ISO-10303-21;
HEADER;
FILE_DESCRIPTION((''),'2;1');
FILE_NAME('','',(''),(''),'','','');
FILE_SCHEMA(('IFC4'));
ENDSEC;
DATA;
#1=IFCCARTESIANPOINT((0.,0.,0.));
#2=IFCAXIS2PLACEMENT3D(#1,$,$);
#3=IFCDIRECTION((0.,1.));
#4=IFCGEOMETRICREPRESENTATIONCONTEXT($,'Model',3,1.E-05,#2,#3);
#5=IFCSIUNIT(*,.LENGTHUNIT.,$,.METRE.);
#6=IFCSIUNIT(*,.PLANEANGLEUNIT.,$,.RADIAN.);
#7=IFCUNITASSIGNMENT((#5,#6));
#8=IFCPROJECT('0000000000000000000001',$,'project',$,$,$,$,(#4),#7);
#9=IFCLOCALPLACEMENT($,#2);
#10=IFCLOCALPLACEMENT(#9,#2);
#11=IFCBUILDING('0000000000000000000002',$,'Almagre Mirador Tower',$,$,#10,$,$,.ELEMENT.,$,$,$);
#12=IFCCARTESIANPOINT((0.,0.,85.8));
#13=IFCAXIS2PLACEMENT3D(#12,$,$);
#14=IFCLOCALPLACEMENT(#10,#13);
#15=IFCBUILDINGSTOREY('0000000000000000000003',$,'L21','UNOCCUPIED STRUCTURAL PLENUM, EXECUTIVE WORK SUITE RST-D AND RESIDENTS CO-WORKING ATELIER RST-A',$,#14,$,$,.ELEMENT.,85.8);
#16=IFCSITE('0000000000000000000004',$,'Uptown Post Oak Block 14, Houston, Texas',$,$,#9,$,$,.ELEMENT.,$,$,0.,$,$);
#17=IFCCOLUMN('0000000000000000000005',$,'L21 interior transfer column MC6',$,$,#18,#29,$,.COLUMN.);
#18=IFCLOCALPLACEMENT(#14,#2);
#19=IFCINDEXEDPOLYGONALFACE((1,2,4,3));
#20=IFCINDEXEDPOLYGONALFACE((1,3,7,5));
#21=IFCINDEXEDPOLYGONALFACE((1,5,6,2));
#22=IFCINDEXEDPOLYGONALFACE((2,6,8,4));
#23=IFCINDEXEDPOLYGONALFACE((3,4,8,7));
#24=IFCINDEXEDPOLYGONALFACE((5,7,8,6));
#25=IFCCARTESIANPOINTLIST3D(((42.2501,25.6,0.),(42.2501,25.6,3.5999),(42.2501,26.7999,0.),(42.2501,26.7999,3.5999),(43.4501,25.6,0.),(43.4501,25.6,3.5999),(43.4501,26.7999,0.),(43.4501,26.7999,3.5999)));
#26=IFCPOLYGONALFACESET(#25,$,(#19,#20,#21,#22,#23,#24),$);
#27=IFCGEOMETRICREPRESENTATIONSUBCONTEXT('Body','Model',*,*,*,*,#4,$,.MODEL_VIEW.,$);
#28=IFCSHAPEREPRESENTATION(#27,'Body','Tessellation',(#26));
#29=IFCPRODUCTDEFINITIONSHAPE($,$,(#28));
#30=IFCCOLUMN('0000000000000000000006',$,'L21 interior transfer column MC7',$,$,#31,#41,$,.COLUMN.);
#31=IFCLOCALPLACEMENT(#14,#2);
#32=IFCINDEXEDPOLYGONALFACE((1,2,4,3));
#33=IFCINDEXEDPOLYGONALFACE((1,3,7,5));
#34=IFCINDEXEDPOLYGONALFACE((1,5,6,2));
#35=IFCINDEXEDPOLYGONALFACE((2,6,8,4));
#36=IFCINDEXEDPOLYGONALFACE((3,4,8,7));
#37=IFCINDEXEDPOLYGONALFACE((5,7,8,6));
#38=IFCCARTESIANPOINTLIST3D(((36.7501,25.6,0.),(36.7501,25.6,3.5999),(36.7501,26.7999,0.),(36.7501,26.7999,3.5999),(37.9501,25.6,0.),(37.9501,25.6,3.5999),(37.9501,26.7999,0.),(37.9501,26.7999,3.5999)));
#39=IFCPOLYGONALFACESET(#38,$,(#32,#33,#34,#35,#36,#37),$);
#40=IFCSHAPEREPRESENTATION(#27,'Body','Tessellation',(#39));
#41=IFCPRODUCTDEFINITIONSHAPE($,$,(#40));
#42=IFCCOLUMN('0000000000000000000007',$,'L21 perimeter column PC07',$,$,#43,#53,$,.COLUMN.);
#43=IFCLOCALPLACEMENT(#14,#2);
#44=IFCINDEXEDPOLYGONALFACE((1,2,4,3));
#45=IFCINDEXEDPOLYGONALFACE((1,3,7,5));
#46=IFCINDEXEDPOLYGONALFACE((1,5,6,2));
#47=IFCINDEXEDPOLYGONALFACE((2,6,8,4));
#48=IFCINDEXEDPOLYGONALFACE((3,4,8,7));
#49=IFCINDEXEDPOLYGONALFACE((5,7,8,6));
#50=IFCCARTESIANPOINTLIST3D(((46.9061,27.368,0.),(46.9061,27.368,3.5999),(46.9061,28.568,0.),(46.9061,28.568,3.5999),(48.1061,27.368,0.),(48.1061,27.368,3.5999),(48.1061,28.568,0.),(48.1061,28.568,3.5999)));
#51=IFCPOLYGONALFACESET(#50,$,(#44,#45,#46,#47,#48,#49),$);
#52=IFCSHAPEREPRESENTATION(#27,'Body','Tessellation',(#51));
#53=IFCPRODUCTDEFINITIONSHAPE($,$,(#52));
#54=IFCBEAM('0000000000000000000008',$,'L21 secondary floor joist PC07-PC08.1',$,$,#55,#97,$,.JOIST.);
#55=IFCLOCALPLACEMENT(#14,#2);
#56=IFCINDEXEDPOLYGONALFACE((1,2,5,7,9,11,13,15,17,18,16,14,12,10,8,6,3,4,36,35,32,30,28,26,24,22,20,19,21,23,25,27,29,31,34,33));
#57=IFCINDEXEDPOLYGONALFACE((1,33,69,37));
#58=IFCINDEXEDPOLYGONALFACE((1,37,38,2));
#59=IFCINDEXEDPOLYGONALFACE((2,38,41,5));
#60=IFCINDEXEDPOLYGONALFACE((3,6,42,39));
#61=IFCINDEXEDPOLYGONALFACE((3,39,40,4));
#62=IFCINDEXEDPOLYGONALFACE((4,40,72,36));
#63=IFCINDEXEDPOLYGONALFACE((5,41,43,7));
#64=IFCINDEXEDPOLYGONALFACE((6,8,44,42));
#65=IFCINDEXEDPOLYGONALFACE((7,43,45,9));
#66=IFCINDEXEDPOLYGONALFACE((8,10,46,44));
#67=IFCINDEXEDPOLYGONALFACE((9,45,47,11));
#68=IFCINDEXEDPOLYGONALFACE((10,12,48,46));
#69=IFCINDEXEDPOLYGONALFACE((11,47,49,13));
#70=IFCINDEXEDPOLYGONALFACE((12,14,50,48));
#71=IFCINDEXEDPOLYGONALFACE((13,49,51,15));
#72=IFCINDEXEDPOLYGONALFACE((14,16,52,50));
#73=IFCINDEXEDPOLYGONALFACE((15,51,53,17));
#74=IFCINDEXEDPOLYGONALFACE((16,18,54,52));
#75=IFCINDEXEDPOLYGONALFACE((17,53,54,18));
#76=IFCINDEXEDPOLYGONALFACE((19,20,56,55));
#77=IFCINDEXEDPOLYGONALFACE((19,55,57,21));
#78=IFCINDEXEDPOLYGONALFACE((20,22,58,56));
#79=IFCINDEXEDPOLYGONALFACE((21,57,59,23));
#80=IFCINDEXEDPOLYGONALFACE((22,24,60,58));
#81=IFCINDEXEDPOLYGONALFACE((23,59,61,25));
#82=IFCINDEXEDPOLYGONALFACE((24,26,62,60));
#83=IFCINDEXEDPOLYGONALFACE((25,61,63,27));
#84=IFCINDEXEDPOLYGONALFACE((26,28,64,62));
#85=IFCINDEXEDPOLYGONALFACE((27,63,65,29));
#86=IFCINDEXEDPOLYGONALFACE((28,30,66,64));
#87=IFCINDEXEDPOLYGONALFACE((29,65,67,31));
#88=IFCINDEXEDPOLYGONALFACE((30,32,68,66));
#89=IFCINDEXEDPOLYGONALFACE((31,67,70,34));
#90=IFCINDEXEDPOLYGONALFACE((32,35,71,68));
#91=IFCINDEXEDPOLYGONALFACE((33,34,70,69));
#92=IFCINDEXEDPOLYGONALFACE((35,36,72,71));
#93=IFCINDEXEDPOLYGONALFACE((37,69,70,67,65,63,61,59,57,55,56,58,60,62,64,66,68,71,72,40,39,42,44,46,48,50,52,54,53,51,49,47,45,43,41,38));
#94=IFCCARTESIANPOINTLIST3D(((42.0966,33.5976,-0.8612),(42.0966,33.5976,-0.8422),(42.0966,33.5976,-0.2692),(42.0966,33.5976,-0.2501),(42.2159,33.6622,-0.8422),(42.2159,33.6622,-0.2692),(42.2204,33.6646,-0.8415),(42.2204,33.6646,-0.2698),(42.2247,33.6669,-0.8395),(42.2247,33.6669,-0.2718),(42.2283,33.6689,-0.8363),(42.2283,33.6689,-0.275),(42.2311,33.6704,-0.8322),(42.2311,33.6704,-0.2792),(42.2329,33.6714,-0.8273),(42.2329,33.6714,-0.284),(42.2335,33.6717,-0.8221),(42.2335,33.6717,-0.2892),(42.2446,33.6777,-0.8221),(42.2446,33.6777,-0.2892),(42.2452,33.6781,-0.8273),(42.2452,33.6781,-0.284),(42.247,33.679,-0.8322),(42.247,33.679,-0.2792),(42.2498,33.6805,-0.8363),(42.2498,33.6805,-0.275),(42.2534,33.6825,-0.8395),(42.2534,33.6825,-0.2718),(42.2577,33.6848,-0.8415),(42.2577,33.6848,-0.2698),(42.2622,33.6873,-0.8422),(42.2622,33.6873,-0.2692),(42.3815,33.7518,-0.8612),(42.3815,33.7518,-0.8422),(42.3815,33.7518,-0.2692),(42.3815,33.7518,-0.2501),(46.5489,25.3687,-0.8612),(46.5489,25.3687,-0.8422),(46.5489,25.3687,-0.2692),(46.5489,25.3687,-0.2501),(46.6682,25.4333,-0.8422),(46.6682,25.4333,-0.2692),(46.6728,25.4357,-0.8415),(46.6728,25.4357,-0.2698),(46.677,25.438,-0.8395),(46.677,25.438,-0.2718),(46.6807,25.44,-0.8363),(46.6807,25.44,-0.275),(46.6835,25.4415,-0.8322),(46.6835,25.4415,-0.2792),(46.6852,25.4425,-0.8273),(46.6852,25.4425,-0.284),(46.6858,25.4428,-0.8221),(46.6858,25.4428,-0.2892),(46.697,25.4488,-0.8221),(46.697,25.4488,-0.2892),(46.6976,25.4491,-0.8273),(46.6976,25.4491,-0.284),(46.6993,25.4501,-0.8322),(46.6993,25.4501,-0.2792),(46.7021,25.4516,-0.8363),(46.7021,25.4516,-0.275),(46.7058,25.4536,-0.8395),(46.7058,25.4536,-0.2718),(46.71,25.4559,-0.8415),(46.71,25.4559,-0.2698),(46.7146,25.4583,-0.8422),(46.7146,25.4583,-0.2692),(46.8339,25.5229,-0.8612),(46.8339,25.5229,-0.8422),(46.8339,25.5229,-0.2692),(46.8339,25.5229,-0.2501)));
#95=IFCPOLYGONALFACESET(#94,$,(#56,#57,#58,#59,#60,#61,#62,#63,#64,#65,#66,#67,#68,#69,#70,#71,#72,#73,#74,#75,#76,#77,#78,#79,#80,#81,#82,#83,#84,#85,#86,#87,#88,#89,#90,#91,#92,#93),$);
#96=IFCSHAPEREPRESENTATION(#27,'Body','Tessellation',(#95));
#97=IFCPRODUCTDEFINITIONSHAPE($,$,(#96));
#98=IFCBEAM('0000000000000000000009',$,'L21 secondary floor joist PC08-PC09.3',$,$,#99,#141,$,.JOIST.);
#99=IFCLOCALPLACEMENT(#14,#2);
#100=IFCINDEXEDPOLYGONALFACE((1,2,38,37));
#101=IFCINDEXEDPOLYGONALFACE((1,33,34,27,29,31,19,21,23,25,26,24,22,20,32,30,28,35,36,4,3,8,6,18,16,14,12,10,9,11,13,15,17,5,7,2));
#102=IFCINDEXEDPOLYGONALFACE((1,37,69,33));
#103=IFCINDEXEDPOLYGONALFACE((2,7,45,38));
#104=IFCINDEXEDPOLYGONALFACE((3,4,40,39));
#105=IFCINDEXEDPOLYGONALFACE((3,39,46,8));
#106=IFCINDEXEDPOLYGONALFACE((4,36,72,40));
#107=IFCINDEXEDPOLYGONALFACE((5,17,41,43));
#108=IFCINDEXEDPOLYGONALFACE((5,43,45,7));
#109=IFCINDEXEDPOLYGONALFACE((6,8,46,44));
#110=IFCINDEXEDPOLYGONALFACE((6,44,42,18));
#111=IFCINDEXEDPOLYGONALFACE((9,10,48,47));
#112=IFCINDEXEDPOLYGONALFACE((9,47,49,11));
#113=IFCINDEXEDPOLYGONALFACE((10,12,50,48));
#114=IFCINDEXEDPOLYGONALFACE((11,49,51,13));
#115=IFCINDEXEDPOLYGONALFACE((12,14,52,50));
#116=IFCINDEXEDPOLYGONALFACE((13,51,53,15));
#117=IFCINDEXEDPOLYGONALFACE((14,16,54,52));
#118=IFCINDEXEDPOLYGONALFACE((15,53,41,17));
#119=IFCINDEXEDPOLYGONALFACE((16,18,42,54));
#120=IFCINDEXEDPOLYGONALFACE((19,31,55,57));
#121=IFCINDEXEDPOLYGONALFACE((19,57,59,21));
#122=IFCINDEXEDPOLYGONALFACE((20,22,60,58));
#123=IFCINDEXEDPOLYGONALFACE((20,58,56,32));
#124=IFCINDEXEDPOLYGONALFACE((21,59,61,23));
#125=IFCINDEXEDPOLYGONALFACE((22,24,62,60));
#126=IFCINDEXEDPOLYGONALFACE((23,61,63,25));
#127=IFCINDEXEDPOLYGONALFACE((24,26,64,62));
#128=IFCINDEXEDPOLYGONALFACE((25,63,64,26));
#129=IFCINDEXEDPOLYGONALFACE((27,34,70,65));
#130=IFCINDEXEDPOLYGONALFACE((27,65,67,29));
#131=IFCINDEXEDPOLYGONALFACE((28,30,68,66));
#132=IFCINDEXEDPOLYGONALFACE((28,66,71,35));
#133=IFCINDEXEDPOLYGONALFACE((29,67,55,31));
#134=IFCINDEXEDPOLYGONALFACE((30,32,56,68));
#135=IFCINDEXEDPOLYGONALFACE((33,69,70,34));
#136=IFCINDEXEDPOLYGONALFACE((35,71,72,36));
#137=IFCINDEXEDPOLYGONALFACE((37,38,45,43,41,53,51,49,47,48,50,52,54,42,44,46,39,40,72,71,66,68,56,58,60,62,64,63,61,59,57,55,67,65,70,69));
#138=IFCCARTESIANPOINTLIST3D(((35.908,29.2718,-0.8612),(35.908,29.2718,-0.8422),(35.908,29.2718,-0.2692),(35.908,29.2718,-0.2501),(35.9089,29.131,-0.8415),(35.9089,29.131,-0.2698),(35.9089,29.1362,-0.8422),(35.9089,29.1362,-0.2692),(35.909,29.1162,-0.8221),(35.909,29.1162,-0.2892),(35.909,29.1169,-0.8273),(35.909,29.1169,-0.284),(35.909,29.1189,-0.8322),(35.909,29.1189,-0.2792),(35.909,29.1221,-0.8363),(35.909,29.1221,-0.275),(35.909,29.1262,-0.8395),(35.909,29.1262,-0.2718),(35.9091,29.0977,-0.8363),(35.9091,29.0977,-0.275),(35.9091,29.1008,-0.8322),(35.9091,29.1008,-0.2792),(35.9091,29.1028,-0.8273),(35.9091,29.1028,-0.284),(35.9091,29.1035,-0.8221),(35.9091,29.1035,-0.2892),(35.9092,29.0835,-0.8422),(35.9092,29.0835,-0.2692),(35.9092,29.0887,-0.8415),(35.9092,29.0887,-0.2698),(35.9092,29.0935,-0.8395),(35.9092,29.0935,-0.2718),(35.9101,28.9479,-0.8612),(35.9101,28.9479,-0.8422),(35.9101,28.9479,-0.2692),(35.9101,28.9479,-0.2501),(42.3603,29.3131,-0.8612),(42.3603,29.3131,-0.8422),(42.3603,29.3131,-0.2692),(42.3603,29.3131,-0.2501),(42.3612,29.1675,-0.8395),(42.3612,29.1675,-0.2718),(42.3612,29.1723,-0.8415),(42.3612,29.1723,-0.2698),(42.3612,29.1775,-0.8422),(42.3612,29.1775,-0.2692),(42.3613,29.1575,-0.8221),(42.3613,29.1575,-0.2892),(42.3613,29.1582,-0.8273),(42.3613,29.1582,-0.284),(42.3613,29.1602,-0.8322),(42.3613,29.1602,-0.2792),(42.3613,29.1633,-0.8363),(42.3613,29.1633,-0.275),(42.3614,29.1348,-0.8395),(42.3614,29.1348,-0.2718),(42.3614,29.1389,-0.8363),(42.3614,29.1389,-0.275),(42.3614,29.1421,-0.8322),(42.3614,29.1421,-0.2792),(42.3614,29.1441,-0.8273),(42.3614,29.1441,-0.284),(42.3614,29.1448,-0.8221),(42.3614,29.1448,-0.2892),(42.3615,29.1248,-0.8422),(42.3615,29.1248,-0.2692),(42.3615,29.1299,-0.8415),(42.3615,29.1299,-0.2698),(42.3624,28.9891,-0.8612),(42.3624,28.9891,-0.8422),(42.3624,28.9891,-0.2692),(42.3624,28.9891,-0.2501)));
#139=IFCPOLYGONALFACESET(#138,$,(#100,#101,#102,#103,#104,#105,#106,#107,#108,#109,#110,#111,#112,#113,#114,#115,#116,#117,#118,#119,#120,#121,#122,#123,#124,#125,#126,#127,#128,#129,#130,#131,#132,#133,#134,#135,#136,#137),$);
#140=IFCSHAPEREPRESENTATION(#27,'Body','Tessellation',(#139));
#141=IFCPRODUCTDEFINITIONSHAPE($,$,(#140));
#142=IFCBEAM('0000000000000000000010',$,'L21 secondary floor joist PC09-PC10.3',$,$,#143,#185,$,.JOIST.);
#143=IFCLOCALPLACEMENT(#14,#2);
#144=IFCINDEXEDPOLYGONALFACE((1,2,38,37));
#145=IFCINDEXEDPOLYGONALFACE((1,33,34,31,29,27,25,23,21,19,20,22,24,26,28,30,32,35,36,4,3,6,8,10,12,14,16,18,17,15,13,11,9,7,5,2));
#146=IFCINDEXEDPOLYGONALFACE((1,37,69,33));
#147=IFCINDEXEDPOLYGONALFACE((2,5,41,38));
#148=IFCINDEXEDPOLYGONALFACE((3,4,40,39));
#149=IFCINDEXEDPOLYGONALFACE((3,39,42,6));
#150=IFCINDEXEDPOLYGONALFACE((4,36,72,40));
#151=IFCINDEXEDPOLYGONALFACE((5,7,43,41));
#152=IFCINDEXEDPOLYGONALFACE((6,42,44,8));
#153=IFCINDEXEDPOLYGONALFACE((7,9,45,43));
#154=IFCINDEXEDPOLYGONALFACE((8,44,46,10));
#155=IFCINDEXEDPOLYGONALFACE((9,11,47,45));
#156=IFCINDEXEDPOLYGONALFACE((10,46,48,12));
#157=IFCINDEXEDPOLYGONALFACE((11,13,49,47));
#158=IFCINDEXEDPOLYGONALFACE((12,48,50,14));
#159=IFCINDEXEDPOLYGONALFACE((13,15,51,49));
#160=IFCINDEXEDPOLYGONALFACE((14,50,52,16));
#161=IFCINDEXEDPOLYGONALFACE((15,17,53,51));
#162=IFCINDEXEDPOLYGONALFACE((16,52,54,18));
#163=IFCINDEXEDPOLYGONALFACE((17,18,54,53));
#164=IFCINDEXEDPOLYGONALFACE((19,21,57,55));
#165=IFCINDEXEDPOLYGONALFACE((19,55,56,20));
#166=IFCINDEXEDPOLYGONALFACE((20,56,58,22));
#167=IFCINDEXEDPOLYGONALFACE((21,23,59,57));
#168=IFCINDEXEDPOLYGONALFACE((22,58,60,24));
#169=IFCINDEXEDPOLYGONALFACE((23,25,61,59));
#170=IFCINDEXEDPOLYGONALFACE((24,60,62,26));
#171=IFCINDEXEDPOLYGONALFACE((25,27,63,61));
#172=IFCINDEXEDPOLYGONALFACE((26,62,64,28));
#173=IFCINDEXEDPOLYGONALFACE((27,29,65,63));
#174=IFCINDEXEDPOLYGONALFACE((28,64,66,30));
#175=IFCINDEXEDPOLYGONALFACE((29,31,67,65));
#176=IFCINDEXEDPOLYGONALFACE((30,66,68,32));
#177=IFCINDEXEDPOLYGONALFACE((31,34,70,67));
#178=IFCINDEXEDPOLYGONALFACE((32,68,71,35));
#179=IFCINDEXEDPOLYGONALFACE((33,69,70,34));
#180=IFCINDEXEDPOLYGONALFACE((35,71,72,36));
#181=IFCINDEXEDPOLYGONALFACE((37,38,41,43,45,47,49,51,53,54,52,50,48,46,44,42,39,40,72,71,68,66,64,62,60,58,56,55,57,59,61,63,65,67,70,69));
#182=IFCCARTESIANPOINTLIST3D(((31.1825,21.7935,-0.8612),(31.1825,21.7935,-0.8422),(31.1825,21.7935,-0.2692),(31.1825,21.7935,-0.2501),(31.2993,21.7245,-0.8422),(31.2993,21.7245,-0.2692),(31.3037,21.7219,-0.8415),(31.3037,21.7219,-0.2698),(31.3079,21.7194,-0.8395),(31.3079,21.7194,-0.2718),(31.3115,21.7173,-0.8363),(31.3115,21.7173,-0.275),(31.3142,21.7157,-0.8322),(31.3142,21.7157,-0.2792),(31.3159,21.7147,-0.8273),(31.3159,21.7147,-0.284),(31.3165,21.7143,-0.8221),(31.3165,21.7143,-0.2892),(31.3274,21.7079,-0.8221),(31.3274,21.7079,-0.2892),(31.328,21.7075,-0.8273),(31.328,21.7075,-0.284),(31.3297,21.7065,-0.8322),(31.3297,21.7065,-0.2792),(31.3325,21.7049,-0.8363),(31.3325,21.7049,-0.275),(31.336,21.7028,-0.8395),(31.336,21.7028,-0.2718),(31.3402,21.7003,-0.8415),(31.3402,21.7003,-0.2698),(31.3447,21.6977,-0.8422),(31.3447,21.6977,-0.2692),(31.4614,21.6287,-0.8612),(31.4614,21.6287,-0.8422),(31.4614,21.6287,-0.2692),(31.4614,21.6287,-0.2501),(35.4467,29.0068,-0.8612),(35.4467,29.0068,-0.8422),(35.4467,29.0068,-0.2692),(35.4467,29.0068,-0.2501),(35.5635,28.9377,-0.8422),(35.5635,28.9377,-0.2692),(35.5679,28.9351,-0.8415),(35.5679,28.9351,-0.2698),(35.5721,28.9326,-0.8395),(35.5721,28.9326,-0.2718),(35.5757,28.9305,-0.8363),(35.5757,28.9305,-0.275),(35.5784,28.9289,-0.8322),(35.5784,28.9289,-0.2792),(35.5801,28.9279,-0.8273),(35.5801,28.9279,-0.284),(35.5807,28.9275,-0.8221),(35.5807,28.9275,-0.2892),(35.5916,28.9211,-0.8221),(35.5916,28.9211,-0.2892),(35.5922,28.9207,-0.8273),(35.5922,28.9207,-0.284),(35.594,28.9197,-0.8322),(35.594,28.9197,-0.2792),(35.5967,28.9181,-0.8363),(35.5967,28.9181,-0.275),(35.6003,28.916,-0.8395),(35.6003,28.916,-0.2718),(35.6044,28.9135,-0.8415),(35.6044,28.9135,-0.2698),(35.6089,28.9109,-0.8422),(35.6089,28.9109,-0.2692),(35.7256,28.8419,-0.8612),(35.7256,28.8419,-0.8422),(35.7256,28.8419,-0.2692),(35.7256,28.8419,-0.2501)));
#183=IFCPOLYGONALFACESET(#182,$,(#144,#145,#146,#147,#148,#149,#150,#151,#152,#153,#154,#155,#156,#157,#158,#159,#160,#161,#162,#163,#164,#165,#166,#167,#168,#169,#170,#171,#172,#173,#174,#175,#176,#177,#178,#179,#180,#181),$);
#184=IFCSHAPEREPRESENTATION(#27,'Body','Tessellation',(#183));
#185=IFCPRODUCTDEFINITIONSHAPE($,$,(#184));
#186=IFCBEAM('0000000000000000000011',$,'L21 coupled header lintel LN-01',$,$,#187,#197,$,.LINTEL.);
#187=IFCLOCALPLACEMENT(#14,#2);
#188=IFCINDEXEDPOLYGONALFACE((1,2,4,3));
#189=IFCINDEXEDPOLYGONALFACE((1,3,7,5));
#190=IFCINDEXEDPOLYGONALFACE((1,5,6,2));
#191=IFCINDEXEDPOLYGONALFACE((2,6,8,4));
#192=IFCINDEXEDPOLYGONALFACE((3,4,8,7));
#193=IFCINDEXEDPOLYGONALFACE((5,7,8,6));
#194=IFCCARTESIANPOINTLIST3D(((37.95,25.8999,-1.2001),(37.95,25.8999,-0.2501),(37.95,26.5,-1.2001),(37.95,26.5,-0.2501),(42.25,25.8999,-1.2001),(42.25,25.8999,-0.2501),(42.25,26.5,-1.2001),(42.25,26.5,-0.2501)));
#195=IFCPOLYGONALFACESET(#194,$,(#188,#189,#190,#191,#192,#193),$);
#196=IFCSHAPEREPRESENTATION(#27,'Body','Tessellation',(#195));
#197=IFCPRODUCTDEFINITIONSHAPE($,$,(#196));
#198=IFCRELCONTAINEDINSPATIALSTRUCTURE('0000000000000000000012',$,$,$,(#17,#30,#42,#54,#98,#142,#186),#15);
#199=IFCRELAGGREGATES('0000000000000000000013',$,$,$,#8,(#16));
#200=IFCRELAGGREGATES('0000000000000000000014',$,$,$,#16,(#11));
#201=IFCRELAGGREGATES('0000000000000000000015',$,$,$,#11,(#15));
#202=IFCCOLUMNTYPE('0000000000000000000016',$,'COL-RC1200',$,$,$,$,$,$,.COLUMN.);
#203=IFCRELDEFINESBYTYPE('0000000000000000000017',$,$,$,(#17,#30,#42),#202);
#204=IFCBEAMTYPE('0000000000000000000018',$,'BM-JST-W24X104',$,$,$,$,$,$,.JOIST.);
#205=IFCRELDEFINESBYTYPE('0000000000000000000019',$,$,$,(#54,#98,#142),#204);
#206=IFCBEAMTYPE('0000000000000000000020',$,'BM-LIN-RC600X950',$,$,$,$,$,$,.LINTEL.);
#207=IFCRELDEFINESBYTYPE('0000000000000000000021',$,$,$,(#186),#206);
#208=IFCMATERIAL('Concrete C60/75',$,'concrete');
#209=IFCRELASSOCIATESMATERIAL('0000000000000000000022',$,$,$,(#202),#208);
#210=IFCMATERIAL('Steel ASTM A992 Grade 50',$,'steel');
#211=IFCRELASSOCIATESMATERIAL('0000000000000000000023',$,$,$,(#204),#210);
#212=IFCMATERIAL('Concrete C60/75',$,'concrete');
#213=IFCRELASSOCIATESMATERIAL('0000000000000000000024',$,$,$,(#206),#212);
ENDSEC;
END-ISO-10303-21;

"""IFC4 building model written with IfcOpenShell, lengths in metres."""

from ifc_helpers import new_model, si_unit, direction, frame, origin, origin_2d, place, context, subcontext, project, spatial, rectangle, i_section, extrude, material, material_profile, profile_set, type_object, element, save


model = new_model("IFC4")

# Units and contexts
model_context = context("Model", 3, precision=1e-05, world=origin(), true_north=direction((0.0, 1.0)))
body_context = subcontext(model_context, "Body", "Model", "MODEL_VIEW")
ifc_project = project(units=[si_unit("LENGTHUNIT", "METRE"), si_unit("PLANEANGLEUNIT", "RADIAN")], contexts=[model_context])

# Site, building, storey
site_placement = place(None, origin())
site = spatial("IfcSite", under=ifc_project, at=site_placement, Name="Uptown Post Oak Block 14, Houston, Texas", CompositionType="ELEMENT", RefElevation=0.0)
building_placement = place(site_placement, origin())
building = spatial("IfcBuilding", under=site, at=building_placement, Name="Almagre Mirador Tower", CompositionType="ELEMENT")
storey_placement = place(building_placement, frame((0.0, 0.0, 85.8)))
storey = spatial("IfcBuildingStorey", under=building, at=storey_placement, Name="L21", Description="UNOCCUPIED STRUCTURAL PLENUM, EXECUTIVE WORK SUITE RST-D AND RESIDENTS CO-WORKING ATELIER RST-A", CompositionType="ELEMENT", Elevation=85.8)

# Columns
ifc_material_1 = material(Name="Concrete C60/75", Category="concrete")
ifc_material_profile_1 = material_profile(ifc_material_1, rectangle(XDim=1.2, YDim=1.2, at=origin_2d()), Name="RC1200X1200")
ifc_profile_set_1 = profile_set([ifc_material_profile_1], Name="Concrete C60/75")
column_type = type_object("IfcColumnType", Name="COL-RC1200", PredefinedType="COLUMN", material=ifc_profile_set_1)
for number, where, z_axis, x_axis, name in (
    (1, (42.8501, 26.2, 0.0), (0.0, 0.0, 1.0), (1.0, 0.0, 0.0), "L21 interior transfer column MC6"),
    (2, (37.3501, 26.2, 0.0), (0.0, 0.0, 1.0), (1.0, 0.0, 0.0), "L21 interior transfer column MC7"),
    (3, (47.5061, 27.968, 0.0), (0.0, 0.0, 1.0), (1.0, 0.0, 0.0), "L21 perimeter column PC07"),
):
    element("IfcColumn", number, at=place(storey_placement, frame(where, z_axis=z_axis, x_axis=x_axis)), inside=storey, type_object=column_type, Name=name, PredefinedType="COLUMN", context=body_context, shape_type="SweptSolid", body=[
        extrude(rectangle(XDim=1.2, YDim=1.2, at=origin_2d()), origin(), (0.0, 0.0, 1.0), 3.5999),
    ])

# Beams
ifc_material_2 = material(Name="Steel ASTM A992 Grade 50", Category="steel")
ifc_material_profile_2 = material_profile(ifc_material_2, i_section(OverallWidth=0.324, OverallDepth=0.6111, WebThickness=0.0127, FlangeThickness=0.019, FilletRadius=0.02, at=origin_2d()), Name="W24X104")
ifc_profile_set_2 = profile_set([ifc_material_profile_2], Name="Steel ASTM A992 Grade 50")
beam_type_1 = type_object("IfcBeamType", Name="BM-JST-W24X104", PredefinedType="JOIST", material=ifc_profile_set_2)
beam_1_placement = place(storey_placement, frame((46.6914, 25.4458, -0.5557), z_axis=(-0.475871, 0.879515, 0.0), x_axis=(-0.879515, -0.475871, 0.0)))
element("IfcBeam", 4, at=beam_1_placement, inside=storey, type_object=beam_type_1, Name="L21 secondary floor joist PC07-PC08.1", PredefinedType="JOIST", context=body_context, shape_type="SweptSolid", body=[
    extrude(i_section(OverallWidth=0.324, OverallDepth=0.6111, WebThickness=0.0127, FlangeThickness=0.019, FilletRadius=0.02, at=origin_2d()), origin(), (0.0, 0.0, 1.0), 9.3562),
])
beam_2_placement = place(storey_placement, frame((42.3613, 29.1511, -0.5557), z_axis=(-0.99998, -0.006395, 0.0), x_axis=(0.006395, -0.99998, 0.0)))
element("IfcBeam", 5, at=beam_2_placement, inside=storey, type_object=beam_type_1, Name="L21 secondary floor joist PC08-PC09.3", PredefinedType="JOIST", context=body_context, shape_type="SweptSolid", body=[
    extrude(i_section(OverallWidth=0.324, OverallDepth=0.6111, WebThickness=0.0127, FlangeThickness=0.019, FilletRadius=0.02, at=origin_2d()), origin(), (0.0, 0.0, 1.0), 6.4524),
])
beam_3_placement = place(storey_placement, frame((35.5862, 28.9243, -0.5557), z_axis=(-0.508893, -0.86083, 0.0), x_axis=(0.86083, -0.508893, 0.0)))
element("IfcBeam", 6, at=beam_3_placement, inside=storey, type_object=beam_type_1, Name="L21 secondary floor joist PC09-PC10.3", PredefinedType="JOIST", context=body_context, shape_type="SweptSolid", body=[
    extrude(i_section(OverallWidth=0.324, OverallDepth=0.6111, WebThickness=0.0127, FlangeThickness=0.019, FilletRadius=0.02, at=origin_2d()), origin(), (0.0, 0.0, 1.0), 8.3794),
])
ifc_material_3 = material(Name="Concrete C60/75", Category="concrete")
ifc_material_profile_3 = material_profile(ifc_material_3, rectangle(XDim=0.6001, YDim=0.95, at=origin_2d()), Name="RC600X950")
ifc_profile_set_3 = profile_set([ifc_material_profile_3], Name="Concrete C60/75")
beam_type_2 = type_object("IfcBeamType", Name="BM-LIN-RC600X950", PredefinedType="LINTEL", material=ifc_profile_set_3)
beam_4_placement = place(storey_placement, frame((37.95, 26.2, -0.7251), z_axis=(1.0, 0.0, 0.0), x_axis=(0.0, 1.0, 0.0)))
element("IfcBeam", 7, at=beam_4_placement, inside=storey, type_object=beam_type_2, Name="L21 coupled header lintel LN-01", PredefinedType="LINTEL", context=body_context, shape_type="SweptSolid", body=[
    extrude(rectangle(XDim=0.6001, YDim=0.95, at=origin_2d()), origin(), (0.0, 0.0, 1.0), 4.3),
])

save(model, "model.ifc")
